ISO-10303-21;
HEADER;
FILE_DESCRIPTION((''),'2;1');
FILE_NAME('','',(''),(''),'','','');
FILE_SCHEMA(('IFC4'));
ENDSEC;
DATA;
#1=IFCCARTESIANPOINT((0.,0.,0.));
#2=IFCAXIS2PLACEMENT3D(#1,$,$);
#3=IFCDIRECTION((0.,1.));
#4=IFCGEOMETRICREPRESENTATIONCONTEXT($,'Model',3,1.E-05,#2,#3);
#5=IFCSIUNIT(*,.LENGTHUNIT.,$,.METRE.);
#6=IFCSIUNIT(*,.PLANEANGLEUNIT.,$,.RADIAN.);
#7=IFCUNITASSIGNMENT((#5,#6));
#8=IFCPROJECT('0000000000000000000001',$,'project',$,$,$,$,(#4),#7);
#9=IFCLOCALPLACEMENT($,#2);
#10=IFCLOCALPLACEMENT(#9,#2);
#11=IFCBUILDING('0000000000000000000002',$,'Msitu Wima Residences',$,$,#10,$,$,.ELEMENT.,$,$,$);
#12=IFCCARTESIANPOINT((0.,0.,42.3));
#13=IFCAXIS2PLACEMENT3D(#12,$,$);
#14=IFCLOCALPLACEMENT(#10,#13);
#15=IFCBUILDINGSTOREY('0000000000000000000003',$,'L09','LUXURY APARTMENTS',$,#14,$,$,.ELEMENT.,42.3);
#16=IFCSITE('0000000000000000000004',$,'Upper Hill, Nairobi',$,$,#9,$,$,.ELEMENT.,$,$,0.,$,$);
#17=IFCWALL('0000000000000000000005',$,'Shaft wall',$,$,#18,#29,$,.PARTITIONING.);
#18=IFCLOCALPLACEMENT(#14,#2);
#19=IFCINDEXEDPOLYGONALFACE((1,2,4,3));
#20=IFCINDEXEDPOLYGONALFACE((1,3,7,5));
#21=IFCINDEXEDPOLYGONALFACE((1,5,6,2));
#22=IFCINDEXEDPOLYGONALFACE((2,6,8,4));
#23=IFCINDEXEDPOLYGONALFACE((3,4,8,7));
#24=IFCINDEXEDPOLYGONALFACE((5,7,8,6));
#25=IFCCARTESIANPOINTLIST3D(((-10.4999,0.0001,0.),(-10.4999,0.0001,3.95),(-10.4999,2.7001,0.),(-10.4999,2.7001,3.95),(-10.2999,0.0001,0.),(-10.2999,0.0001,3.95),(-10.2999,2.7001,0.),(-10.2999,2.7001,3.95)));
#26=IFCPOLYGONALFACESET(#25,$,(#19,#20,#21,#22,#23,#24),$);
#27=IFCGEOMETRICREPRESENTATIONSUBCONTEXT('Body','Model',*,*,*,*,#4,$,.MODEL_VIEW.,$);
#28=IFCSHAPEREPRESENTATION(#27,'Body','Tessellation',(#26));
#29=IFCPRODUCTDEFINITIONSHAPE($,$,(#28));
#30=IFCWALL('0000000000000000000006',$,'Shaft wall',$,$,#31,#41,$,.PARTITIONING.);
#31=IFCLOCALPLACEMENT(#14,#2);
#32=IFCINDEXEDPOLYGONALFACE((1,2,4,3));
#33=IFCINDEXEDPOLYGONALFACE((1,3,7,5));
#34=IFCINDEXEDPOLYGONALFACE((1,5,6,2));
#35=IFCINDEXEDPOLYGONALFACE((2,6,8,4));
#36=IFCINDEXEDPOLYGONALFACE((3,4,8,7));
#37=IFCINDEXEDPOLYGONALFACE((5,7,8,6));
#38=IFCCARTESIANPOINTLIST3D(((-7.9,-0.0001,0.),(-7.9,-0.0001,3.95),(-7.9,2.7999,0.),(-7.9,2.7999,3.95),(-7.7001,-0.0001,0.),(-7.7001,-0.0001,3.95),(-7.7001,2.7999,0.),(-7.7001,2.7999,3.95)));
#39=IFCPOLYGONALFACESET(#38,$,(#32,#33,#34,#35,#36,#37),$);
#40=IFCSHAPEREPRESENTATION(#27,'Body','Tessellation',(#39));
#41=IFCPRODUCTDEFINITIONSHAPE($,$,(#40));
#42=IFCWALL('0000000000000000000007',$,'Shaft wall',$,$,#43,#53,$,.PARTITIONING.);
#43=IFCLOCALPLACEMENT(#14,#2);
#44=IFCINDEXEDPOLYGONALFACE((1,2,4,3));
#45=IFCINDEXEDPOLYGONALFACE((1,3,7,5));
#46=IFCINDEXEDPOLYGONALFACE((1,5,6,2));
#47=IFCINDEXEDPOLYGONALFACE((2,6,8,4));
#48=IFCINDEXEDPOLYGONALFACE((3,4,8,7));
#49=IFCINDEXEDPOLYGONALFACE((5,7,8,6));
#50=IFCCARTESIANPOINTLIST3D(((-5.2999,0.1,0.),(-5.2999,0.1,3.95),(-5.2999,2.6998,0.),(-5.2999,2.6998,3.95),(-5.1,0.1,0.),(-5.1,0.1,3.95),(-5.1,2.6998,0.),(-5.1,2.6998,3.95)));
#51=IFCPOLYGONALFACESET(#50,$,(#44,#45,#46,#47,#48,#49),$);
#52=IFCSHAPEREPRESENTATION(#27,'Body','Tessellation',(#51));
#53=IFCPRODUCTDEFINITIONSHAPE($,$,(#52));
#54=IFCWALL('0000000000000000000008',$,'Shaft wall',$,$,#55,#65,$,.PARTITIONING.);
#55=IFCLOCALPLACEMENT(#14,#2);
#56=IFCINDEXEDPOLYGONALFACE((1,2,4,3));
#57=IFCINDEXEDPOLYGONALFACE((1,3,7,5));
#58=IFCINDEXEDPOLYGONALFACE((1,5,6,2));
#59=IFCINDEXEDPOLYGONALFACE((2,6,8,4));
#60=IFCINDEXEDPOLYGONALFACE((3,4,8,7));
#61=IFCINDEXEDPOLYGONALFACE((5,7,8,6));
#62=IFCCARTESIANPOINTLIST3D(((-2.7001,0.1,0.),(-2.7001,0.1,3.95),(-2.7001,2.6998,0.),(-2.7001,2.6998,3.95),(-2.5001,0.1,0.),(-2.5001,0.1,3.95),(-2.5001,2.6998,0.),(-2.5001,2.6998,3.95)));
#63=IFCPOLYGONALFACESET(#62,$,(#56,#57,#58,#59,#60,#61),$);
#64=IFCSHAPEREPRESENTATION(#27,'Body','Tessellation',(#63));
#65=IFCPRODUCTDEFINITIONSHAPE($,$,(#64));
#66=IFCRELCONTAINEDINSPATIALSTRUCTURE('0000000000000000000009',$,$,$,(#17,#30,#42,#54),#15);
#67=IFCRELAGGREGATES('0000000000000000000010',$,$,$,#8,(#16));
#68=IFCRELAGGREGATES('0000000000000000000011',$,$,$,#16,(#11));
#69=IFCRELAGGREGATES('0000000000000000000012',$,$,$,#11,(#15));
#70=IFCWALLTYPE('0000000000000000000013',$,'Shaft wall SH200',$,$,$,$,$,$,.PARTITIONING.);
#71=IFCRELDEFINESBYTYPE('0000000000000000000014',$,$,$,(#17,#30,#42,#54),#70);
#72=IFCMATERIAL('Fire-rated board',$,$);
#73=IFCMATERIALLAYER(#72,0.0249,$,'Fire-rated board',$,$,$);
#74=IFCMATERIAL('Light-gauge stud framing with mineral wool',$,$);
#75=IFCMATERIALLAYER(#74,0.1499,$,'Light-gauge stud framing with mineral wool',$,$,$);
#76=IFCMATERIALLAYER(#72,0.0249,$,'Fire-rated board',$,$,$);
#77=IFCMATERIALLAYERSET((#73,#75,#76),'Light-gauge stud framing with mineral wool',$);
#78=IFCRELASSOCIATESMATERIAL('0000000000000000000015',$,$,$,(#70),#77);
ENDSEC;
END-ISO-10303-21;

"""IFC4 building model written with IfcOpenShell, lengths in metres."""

from ifc_helpers import new_model, si_unit, direction, frame, frame_2d, origin, place, context, subcontext, project, spatial, rectangle, extrude, material, layer, layer_set, type_object, element, save


model = new_model("IFC4")

# Units and contexts
model_context = context("Model", 3, precision=1e-05, world=origin(), true_north=direction((0.0, 1.0)))
body_context = subcontext(model_context, "Body", "Model", "MODEL_VIEW")
ifc_project = project(units=[si_unit("LENGTHUNIT", "METRE"), si_unit("PLANEANGLEUNIT", "RADIAN")], contexts=[model_context])

# Site, building, storey
site_placement = place(None, origin())
site = spatial("IfcSite", under=ifc_project, at=site_placement, Name="Upper Hill, Nairobi", CompositionType="ELEMENT", RefElevation=0.0)
building_placement = place(site_placement, origin())
building = spatial("IfcBuilding", under=site, at=building_placement, Name="Msitu Wima Residences", CompositionType="ELEMENT")
storey_placement = place(building_placement, frame((0.0, 0.0, 42.3)))
storey = spatial("IfcBuildingStorey", under=building, at=storey_placement, Name="L09", Description="LUXURY APARTMENTS", CompositionType="ELEMENT", Elevation=42.3)

# Shared definitions
ifc_material_1 = material(Name="Fire-rated board")
ifc_layer_1 = layer(ifc_material_1, 0.0249, Name="Fire-rated board")
ifc_material_2 = material(Name="Light-gauge stud framing with mineral wool")
ifc_layer_2 = layer(ifc_material_2, 0.1499, Name="Light-gauge stud framing with mineral wool")
ifc_layer_3 = layer(ifc_material_1, 0.0249, Name="Fire-rated board")
ifc_layer_set_1 = layer_set([ifc_layer_1, ifc_layer_2, ifc_layer_3], Name="Light-gauge stud framing with mineral wool")
wall_type_1 = type_object("IfcWallType", Name="Shaft wall SH200", PredefinedType="PARTITIONING", material=ifc_layer_set_1)

# Walls
wall_1_placement = place(storey_placement, frame((-10.3999, 0.0, 0.0), z_axis=(0.0, 0.0, 1.0), x_axis=(0.0, 1.0, 0.0)))
element("IfcWall", 1, at=wall_1_placement, inside=storey, type_object=wall_type_1, Name="Shaft wall", PredefinedType="PARTITIONING", context=body_context, shape_type="SweptSolid", body=[
    extrude(rectangle(XDim=2.7, YDim=0.2, at=frame_2d((1.3501, 0.0))), origin(), (0.0, 0.0, 1.0), 3.95),
])
wall_2_placement = place(storey_placement, frame((-7.8, 0.0, 0.0), z_axis=(0.0, 0.0, 1.0), x_axis=(0.0, 1.0, 0.0)))
element("IfcWall", 2, at=wall_2_placement, inside=storey, type_object=wall_type_1, Name="Shaft wall", PredefinedType="PARTITIONING", context=body_context, shape_type="SweptSolid", body=[
    extrude(rectangle(XDim=2.8, YDim=0.2, at=frame_2d((1.3999, 0.0))), origin(), (0.0, 0.0, 1.0), 3.95),
])
for number, where, z_axis, x_axis, name in (
    (3, (-5.2, 0.1001, 0.0), (0.0, 0.0, 1.0), (0.0, 1.0, 0.0), "Shaft wall"),
    (4, (-2.6001, 0.1001, 0.0), (0.0, 0.0, 1.0), (0.0, 1.0, 0.0), "Shaft wall"),
):
    element("IfcWall", number, at=place(storey_placement, frame(where, z_axis=z_axis, x_axis=x_axis)), inside=storey, type_object=wall_type_1, Name=name, PredefinedType="PARTITIONING", context=body_context, shape_type="SweptSolid", body=[
        extrude(rectangle(XDim=2.5999, YDim=0.2, at=frame_2d((1.2998, 0.0))), origin(), (0.0, 0.0, 1.0), 3.95),
    ])

save(model, "model.ifc")
